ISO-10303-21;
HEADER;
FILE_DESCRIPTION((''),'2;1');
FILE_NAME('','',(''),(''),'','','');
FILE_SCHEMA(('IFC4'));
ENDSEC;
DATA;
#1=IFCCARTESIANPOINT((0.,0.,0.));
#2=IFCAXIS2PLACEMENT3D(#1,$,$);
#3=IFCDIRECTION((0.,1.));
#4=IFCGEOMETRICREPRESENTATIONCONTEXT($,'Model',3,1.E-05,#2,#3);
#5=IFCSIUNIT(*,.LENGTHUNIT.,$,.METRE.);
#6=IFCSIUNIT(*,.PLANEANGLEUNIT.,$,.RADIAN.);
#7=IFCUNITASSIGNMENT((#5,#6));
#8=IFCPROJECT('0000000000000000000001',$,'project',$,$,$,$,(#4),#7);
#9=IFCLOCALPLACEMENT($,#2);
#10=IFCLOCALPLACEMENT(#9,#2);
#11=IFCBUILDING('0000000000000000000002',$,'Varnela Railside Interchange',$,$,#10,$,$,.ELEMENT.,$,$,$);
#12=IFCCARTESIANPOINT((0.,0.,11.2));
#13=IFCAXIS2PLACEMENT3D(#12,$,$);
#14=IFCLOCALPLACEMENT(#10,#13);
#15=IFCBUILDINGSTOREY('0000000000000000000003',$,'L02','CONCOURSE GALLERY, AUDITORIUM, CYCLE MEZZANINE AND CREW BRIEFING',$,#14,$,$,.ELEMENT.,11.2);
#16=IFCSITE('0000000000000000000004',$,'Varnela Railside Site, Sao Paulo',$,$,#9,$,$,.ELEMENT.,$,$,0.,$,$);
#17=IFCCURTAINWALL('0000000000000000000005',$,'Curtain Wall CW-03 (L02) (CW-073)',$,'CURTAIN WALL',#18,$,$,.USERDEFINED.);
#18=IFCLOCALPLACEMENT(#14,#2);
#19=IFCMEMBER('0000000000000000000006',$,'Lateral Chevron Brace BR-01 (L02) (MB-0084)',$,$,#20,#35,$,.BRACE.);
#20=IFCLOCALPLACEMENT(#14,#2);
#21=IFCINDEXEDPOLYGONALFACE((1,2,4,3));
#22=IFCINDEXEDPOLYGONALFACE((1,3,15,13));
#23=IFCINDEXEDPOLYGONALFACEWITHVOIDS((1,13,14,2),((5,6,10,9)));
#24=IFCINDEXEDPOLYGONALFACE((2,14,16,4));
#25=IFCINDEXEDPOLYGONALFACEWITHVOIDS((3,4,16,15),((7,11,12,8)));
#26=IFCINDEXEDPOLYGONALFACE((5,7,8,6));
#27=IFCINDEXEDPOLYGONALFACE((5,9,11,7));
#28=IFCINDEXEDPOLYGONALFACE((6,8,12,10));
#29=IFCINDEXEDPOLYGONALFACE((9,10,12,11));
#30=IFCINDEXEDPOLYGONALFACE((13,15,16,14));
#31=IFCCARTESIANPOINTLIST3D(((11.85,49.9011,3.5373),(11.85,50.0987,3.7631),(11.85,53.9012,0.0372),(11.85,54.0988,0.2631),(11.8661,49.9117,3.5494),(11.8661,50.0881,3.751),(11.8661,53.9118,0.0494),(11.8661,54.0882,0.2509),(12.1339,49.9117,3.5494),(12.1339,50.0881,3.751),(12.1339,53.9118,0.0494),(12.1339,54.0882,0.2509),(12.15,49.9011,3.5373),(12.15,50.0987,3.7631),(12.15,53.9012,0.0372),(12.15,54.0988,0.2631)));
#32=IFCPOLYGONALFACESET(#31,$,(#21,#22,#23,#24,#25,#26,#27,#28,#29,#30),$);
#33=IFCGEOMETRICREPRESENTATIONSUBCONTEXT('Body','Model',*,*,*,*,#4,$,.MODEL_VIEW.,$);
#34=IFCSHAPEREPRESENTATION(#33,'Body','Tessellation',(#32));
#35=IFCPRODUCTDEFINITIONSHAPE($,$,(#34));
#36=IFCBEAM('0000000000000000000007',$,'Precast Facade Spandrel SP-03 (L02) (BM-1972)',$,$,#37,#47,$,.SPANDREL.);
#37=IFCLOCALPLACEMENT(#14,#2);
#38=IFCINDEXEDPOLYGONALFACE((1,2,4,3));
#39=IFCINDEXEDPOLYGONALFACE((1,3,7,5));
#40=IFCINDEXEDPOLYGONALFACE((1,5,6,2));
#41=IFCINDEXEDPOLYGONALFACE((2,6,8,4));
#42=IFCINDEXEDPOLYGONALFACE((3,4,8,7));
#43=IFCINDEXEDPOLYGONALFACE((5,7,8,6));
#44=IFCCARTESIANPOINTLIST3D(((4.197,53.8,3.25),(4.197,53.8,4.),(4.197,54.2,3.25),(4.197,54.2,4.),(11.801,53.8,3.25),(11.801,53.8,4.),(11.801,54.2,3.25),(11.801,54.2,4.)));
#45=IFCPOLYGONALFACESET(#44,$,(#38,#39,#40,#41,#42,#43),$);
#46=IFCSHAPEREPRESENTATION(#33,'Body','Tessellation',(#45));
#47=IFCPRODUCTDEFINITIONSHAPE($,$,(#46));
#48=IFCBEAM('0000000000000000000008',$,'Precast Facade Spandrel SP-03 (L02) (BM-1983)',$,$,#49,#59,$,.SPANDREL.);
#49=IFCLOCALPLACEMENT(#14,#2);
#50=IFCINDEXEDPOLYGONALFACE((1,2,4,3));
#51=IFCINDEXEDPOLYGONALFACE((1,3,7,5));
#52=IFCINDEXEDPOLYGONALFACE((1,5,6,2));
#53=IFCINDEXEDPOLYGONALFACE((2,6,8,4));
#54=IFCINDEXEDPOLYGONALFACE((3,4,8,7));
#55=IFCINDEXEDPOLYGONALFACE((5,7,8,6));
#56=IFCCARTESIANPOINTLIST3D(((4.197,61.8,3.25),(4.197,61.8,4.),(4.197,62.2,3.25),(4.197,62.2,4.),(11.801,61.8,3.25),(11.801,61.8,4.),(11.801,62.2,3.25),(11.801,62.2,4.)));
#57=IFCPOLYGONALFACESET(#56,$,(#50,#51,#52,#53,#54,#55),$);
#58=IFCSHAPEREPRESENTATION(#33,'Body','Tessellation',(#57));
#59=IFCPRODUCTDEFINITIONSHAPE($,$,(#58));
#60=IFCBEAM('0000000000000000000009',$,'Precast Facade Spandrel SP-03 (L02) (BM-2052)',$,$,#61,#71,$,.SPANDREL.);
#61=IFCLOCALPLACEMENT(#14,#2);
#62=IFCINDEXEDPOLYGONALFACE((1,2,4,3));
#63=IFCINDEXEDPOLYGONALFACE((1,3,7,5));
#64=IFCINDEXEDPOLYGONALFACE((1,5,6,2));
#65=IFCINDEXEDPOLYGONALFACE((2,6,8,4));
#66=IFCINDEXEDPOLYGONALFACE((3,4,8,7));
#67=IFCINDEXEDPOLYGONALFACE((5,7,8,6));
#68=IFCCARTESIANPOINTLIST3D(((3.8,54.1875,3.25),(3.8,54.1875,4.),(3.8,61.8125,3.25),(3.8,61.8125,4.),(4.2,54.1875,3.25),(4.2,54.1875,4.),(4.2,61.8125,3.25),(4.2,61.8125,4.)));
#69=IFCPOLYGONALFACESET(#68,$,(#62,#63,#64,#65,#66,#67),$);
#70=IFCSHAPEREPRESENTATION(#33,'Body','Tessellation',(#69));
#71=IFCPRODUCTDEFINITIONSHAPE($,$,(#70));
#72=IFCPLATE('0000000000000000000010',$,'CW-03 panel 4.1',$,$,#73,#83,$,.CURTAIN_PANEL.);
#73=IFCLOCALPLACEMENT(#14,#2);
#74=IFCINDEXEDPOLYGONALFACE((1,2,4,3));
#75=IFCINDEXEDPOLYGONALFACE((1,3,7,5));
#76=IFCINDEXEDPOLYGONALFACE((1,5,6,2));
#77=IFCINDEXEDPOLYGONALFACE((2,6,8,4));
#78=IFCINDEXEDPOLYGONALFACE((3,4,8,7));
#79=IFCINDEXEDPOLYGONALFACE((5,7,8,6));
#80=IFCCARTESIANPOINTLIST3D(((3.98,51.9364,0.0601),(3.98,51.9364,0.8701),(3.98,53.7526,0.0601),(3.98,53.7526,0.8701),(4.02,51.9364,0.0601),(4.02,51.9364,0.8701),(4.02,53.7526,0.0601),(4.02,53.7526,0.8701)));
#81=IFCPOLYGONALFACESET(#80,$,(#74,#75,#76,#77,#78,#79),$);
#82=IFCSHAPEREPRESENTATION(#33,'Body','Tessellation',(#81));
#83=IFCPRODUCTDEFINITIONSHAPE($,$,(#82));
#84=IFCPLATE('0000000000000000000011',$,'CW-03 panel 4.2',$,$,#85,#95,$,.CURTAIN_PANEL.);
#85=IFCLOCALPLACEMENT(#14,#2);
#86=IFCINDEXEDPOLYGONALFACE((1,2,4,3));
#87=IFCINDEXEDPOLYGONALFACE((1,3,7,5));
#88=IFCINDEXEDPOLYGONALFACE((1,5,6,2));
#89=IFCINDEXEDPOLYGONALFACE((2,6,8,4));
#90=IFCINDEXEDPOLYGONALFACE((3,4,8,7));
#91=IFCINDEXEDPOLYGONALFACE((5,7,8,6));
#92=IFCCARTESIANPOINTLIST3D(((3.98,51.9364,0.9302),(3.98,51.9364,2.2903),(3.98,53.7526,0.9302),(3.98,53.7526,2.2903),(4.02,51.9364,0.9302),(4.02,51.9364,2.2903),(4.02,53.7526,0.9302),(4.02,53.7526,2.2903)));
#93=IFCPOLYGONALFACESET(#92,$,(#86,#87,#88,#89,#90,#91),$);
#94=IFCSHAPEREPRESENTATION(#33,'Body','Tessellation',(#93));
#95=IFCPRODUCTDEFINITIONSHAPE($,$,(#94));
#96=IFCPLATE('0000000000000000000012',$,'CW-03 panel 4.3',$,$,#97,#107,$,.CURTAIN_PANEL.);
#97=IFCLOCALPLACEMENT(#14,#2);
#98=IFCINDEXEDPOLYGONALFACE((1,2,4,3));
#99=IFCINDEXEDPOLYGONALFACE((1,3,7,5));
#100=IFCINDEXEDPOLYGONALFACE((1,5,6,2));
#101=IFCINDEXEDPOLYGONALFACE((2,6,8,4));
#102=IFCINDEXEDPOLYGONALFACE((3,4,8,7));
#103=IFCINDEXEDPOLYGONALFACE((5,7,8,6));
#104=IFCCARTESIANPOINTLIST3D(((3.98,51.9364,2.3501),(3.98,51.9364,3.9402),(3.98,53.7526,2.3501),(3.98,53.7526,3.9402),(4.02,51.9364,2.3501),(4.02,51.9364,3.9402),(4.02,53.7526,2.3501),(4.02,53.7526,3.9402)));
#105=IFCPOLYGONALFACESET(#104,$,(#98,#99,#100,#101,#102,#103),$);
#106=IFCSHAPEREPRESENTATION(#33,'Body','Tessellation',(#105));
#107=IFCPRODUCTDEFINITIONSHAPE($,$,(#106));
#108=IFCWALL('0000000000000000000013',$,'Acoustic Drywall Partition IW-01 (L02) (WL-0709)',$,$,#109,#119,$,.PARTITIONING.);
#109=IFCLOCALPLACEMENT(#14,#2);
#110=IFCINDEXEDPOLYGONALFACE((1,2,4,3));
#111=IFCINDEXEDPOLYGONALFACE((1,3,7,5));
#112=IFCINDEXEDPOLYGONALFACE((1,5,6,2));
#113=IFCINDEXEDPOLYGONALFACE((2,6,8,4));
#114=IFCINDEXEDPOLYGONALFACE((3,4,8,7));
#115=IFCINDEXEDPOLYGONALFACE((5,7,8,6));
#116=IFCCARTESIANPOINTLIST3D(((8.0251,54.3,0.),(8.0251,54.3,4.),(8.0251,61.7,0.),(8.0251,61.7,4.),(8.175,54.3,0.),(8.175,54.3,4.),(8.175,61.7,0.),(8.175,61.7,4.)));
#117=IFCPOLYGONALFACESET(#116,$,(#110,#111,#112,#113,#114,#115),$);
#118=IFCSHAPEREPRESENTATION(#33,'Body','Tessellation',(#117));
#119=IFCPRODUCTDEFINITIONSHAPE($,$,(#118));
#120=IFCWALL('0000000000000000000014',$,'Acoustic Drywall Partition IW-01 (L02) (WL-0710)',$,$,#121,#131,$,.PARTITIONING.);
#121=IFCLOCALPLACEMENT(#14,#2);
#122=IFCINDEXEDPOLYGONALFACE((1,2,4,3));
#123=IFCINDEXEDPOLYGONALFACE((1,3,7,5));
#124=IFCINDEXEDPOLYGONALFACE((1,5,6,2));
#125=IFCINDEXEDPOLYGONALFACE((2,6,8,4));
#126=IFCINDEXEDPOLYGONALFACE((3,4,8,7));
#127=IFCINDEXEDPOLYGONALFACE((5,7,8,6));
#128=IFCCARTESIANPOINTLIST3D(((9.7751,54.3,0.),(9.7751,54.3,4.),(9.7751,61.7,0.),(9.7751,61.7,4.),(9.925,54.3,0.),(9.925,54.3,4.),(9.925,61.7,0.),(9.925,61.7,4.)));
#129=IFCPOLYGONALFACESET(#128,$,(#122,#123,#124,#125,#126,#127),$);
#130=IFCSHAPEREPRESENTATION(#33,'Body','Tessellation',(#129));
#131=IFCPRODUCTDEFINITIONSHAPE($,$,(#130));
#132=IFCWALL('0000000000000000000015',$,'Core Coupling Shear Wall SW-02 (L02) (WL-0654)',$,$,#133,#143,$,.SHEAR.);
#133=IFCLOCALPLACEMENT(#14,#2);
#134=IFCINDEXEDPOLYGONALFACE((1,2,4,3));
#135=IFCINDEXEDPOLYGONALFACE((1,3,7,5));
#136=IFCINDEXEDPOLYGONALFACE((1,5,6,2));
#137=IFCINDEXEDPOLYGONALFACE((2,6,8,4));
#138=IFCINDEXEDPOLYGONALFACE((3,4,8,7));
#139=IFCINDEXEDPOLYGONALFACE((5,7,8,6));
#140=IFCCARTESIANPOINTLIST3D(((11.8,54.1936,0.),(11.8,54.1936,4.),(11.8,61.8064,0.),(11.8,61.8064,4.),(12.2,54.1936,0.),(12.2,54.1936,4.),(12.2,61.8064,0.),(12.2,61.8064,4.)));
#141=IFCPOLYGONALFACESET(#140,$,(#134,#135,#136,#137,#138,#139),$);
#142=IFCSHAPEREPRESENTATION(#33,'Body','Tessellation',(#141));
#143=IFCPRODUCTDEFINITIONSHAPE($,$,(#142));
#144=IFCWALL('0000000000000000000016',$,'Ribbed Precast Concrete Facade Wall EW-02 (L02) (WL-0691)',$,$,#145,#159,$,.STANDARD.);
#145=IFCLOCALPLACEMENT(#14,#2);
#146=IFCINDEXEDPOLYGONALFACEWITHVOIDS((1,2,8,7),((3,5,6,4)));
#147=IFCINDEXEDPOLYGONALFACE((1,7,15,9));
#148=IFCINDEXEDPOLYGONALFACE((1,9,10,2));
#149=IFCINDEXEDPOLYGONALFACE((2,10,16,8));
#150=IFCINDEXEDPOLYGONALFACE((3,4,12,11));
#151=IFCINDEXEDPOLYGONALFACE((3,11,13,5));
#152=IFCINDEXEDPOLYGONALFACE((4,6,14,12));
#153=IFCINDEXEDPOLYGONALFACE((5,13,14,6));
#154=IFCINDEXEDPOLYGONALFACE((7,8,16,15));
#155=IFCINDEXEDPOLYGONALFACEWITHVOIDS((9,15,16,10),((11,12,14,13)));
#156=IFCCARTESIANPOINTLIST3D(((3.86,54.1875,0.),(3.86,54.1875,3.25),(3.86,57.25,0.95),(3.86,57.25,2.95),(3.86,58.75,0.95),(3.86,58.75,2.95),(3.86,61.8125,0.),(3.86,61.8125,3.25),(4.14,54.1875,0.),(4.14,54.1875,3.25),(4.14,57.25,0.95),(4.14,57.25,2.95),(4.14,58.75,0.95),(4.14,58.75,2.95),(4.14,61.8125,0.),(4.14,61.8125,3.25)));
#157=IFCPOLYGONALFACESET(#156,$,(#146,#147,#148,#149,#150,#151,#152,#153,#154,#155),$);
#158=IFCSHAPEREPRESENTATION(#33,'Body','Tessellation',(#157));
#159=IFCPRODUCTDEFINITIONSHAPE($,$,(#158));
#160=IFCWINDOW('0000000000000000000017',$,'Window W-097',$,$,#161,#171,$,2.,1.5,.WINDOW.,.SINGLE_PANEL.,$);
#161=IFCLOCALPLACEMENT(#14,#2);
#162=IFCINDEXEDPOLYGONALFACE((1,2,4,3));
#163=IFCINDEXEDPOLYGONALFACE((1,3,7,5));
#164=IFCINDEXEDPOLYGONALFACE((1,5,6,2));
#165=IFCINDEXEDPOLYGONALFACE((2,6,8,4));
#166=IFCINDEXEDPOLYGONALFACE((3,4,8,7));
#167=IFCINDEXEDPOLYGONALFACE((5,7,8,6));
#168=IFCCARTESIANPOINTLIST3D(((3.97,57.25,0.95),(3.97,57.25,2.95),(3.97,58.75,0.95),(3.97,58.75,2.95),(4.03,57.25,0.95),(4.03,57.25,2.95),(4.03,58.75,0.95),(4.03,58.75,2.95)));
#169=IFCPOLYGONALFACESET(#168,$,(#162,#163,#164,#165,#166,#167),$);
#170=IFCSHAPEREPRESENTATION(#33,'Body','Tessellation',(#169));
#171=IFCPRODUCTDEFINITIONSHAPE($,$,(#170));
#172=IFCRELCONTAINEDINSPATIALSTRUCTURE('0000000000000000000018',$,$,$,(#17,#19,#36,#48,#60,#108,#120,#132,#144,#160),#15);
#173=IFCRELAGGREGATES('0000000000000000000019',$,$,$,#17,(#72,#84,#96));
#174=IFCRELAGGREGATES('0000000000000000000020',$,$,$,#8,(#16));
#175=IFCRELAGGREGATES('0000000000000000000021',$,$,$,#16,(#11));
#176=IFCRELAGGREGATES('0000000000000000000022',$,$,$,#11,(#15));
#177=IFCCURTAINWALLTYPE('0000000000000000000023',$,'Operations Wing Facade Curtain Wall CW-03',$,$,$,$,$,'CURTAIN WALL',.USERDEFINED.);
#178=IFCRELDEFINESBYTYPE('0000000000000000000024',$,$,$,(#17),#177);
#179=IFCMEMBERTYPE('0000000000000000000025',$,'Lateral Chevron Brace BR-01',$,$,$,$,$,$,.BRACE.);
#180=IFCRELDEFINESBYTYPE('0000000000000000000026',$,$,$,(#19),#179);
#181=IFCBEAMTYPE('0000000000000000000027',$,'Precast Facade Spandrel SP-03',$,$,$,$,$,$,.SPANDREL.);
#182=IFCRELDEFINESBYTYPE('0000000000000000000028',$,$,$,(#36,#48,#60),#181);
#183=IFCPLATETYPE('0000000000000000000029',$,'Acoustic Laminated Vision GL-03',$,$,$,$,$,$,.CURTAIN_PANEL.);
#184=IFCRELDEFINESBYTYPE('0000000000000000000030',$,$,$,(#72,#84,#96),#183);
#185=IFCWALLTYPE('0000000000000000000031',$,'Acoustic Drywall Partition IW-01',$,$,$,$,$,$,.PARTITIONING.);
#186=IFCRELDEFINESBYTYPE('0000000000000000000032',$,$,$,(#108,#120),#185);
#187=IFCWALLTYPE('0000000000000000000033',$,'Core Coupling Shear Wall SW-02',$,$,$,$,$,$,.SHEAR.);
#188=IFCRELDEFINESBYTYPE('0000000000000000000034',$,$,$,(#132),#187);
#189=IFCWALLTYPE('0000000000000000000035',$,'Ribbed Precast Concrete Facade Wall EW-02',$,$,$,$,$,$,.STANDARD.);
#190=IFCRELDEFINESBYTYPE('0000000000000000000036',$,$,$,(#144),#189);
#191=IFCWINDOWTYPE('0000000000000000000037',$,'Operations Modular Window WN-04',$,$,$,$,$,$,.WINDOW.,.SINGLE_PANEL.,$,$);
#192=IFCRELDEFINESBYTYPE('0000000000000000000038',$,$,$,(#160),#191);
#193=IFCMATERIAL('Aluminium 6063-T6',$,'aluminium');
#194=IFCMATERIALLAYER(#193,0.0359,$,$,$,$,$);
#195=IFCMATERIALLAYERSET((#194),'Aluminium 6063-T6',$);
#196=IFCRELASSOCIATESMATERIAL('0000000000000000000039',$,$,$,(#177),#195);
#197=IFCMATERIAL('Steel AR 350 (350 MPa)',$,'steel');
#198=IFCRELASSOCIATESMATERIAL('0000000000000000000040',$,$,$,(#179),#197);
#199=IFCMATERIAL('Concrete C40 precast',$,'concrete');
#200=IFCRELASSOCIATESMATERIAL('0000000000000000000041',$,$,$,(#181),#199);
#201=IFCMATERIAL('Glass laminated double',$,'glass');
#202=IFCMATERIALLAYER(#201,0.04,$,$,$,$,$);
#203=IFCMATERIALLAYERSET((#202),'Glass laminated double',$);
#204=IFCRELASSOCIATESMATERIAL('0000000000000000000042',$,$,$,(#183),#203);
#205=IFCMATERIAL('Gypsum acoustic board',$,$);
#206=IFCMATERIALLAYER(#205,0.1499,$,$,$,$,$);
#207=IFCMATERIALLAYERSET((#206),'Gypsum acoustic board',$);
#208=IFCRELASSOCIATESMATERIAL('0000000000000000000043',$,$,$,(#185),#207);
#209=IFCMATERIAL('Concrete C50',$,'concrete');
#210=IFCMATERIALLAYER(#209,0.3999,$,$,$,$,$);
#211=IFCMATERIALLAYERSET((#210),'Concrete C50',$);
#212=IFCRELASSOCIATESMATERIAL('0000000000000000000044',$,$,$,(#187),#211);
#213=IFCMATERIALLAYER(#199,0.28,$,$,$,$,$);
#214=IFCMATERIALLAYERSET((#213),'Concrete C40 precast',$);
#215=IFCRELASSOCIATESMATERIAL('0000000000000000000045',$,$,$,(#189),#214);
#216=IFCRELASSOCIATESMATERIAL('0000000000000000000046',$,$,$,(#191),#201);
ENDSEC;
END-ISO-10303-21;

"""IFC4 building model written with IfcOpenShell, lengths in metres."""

from ifc_helpers import new_model, si_unit, direction, frame, frame_2d, origin, origin_2d, place, context, subcontext, project, spatial, rectangle, hollow_rectangle, extrude, material, layer, layer_set, material_profile, profile_set, type_object, element, fill, aggregate, save


model = new_model("IFC4")

# Units and contexts
model_context = context("Model", 3, precision=1e-05, world=origin(), true_north=direction((0.0, 1.0)))
body_context = subcontext(model_context, "Body", "Model", "MODEL_VIEW")
ifc_project = project(units=[si_unit("LENGTHUNIT", "METRE"), si_unit("PLANEANGLEUNIT", "RADIAN")], contexts=[model_context])

# Site, building, storey
site_placement = place(None, origin())
site = spatial("IfcSite", under=ifc_project, at=site_placement, Name="Varnela Railside Site, Sao Paulo", CompositionType="ELEMENT", RefElevation=0.0)
building_placement = place(site_placement, origin())
building = spatial("IfcBuilding", under=site, at=building_placement, Name="Varnela Railside Interchange", CompositionType="ELEMENT")
storey_placement = place(building_placement, frame((0.0, 0.0, 11.2)))
storey = spatial("IfcBuildingStorey", under=building, at=storey_placement, Name="L02", Description="CONCOURSE GALLERY, AUDITORIUM, CYCLE MEZZANINE AND CREW BRIEFING", CompositionType="ELEMENT", Elevation=11.2)

# Shared definitions
ifc_material_1 = material(Name="Steel AR 350 (350 MPa)", Category="steel")

# Curtain wall
ifc_material_2 = material(Name="Aluminium 6063-T6", Category="aluminium")
ifc_layer_1 = layer(ifc_material_2, 0.0359)
ifc_layer_set_1 = layer_set([ifc_layer_1], Name="Aluminium 6063-T6")
curtain_wall_type = type_object("IfcCurtainWallType", Name="Operations Wing Facade Curtain Wall CW-03", ElementType="CURTAIN WALL", PredefinedType="USERDEFINED", material=ifc_layer_set_1)
curtain_wall_placement = place(storey_placement, origin())
curtain_wall = element("IfcCurtainWall", 1, at=curtain_wall_placement, inside=storey, type_object=curtain_wall_type, Name="Curtain Wall CW-03 (L02) (CW-073)", ObjectType="CURTAIN WALL", PredefinedType="USERDEFINED")

# Member
ifc_material_profile_1 = material_profile(ifc_material_1, hollow_rectangle(XDim=0.3, YDim=0.3, WallThickness=0.0161, at=origin_2d()), Name="HSS 300x300x16")
ifc_profile_set_1 = profile_set([ifc_material_profile_1], Name="Steel AR 350 (350 MPa)")
member_type_1 = type_object("IfcMemberType", Name="Lateral Chevron Brace BR-01", PredefinedType="BRACE", material=ifc_profile_set_1)
member_1_placement = place(storey_placement, frame((12.0, 54.0, 0.1501), z_axis=(0.0, -0.752577, 0.658505), x_axis=(1.0, 0.0, 0.0)))
element("IfcMember", 2, at=member_1_placement, inside=storey, type_object=member_type_1, Name="Lateral Chevron Brace BR-01 (L02) (MB-0084)", PredefinedType="BRACE", context=body_context, shape_type="SweptSolid", body=[
    extrude(hollow_rectangle(XDim=0.3, YDim=0.3, WallThickness=0.0161, at=origin_2d()), origin(), (0.0, 0.0, 1.0), 5.3152),
])

# Beams
ifc_material_3 = material(Name="Concrete C40 precast", Category="concrete")
ifc_material_profile_2 = material_profile(ifc_material_3, rectangle(XDim=0.3999, YDim=0.75, at=origin_2d()), Name="PC 400x750")
ifc_profile_set_2 = profile_set([ifc_material_profile_2], Name="Concrete C40 precast")
beam_type_1 = type_object("IfcBeamType", Name="Precast Facade Spandrel SP-03", PredefinedType="SPANDREL", material=ifc_profile_set_2)
for number, where, z_axis, x_axis, name in (
    (3, (4.197, 54.0, 3.625), (1.0, 0.0, 0.0), (0.0, 1.0, 0.0), "Precast Facade Spandrel SP-03 (L02) (BM-1972)"),
    (4, (4.197, 62.0, 3.625), (1.0, 0.0, 0.0), (0.0, 1.0, 0.0), "Precast Facade Spandrel SP-03 (L02) (BM-1983)"),
):
    element("IfcBeam", number, at=place(storey_placement, frame(where, z_axis=z_axis, x_axis=x_axis)), inside=storey, type_object=beam_type_1, Name=name, PredefinedType="SPANDREL", context=body_context, shape_type="SweptSolid", body=[
        extrude(rectangle(XDim=0.3999, YDim=0.75, at=origin_2d()), origin(), (0.0, 0.0, 1.0), 7.604),
    ])
beam_placement = place(storey_placement, frame((4.0, 54.1875, 3.625), z_axis=(0.0, 1.0, 0.0), x_axis=(-1.0, 0.0, 0.0)))
element("IfcBeam", 5, at=beam_placement, inside=storey, type_object=beam_type_1, Name="Precast Facade Spandrel SP-03 (L02) (BM-2052)", PredefinedType="SPANDREL", context=body_context, shape_type="SweptSolid", body=[
    extrude(rectangle(XDim=0.3999, YDim=0.75, at=origin_2d()), origin(), (0.0, 0.0, 1.0), 7.625),
])

# Plates
ifc_material_4 = material(Name="Glass laminated double", Category="glass")
ifc_layer_2 = layer(ifc_material_4, 0.04)
ifc_layer_set_2 = layer_set([ifc_layer_2], Name="Glass laminated double")
plate_type = type_object("IfcPlateType", Name="Acoustic Laminated Vision GL-03", PredefinedType="CURTAIN_PANEL", material=ifc_layer_set_2)
plate_1_placement = place(storey_placement, frame((4.0, 52.8445, 0.0601), z_axis=(0.0, 0.0, 1.0), x_axis=(0.0, 1.0, 0.0)))
plate_1 = element("IfcPlate", 6, at=plate_1_placement, type_object=plate_type, Name="CW-03 panel 4.1", PredefinedType="CURTAIN_PANEL", context=body_context, shape_type="SweptSolid", body=[
    extrude(rectangle(XDim=1.8162, YDim=0.04, at=origin_2d()), origin(), (0.0, 0.0, 1.0), 0.8101),
])
plate_2_placement = place(storey_placement, frame((4.0, 52.8445, 0.9302), z_axis=(0.0, 0.0, 1.0), x_axis=(0.0, 1.0, 0.0)))
plate_2 = element("IfcPlate", 7, at=plate_2_placement, type_object=plate_type, Name="CW-03 panel 4.2", PredefinedType="CURTAIN_PANEL", context=body_context, shape_type="SweptSolid", body=[
    extrude(rectangle(XDim=1.8162, YDim=0.04, at=origin_2d()), origin(), (0.0, 0.0, 1.0), 1.3601),
])
plate_3_placement = place(storey_placement, frame((4.0, 52.8445, 2.3501), z_axis=(0.0, 0.0, 1.0), x_axis=(0.0, 1.0, 0.0)))
plate_3 = element("IfcPlate", 8, at=plate_3_placement, type_object=plate_type, Name="CW-03 panel 4.3", PredefinedType="CURTAIN_PANEL", context=body_context, shape_type="SweptSolid", body=[
    extrude(rectangle(XDim=1.8162, YDim=0.04, at=origin_2d()), origin(), (0.0, 0.0, 1.0), 1.5901),
])
aggregate(curtain_wall, [plate_1, plate_2, plate_3])

# Walls
ifc_material_5 = material(Name="Gypsum acoustic board")
ifc_layer_3 = layer(ifc_material_5, 0.1499)
ifc_layer_set_3 = layer_set([ifc_layer_3], Name="Gypsum acoustic board")
wall_type_1 = type_object("IfcWallType", Name="Acoustic Drywall Partition IW-01", PredefinedType="PARTITIONING", material=ifc_layer_set_3)
for number, where, z_axis, x_axis, name in (
    (9, (8.1001, 54.3, 0.0), (0.0, 0.0, 1.0), (0.0, 1.0, 0.0), "Acoustic Drywall Partition IW-01 (L02) (WL-0709)"),
    (10, (9.8501, 54.3, 0.0), (0.0, 0.0, 1.0), (0.0, 1.0, 0.0), "Acoustic Drywall Partition IW-01 (L02) (WL-0710)"),
):
    element("IfcWall", number, at=place(storey_placement, frame(where, z_axis=z_axis, x_axis=x_axis)), inside=storey, type_object=wall_type_1, Name=name, PredefinedType="PARTITIONING", context=body_context, shape_type="SweptSolid", body=[
        extrude(rectangle(XDim=7.3999, YDim=0.1499, at=frame_2d((3.7, 0.0))), origin(), (0.0, 0.0, 1.0), 4.0),
    ])
ifc_material_6 = material(Name="Concrete C50", Category="concrete")
ifc_layer_4 = layer(ifc_material_6, 0.3999)
ifc_layer_set_4 = layer_set([ifc_layer_4], Name="Concrete C50")
wall_type_2 = type_object("IfcWallType", Name="Core Coupling Shear Wall SW-02", PredefinedType="SHEAR", material=ifc_layer_set_4)
wall_1_placement = place(storey_placement, frame((12.0, 54.1936, 0.0), z_axis=(0.0, 0.0, 1.0), x_axis=(0.0, 1.0, 0.0)))
element("IfcWall", 11, at=wall_1_placement, inside=storey, type_object=wall_type_2, Name="Core Coupling Shear Wall SW-02 (L02) (WL-0654)", PredefinedType="SHEAR", context=body_context, shape_type="SweptSolid", body=[
    extrude(rectangle(XDim=7.6128, YDim=0.3999, at=frame_2d((3.8064, 0.0))), origin(), (0.0, 0.0, 1.0), 4.0),
])

# Wall, opening, window
ifc_layer_5 = layer(ifc_material_3, 0.28)
ifc_layer_set_5 = layer_set([ifc_layer_5], Name="Concrete C40 precast")
wall_type_3 = type_object("IfcWallType", Name="Ribbed Precast Concrete Facade Wall EW-02", PredefinedType="STANDARD", material=ifc_layer_set_5)
wall_2_placement = place(storey_placement, frame((4.0, 54.1875, 0.0), z_axis=(0.0, 0.0, 1.0), x_axis=(0.0, 1.0, 0.0)))
wall_2 = element("IfcWall", 12, at=wall_2_placement, inside=storey, type_object=wall_type_3, Name="Ribbed Precast Concrete Facade Wall EW-02 (L02) (WL-0691)", PredefinedType="STANDARD", context=body_context, shape_type="SweptSolid", body=[
    extrude(rectangle(XDim=7.625, YDim=0.28, at=frame_2d((3.8125, 0.0))), origin(), (0.0, 0.0, 1.0), 3.25),
])
opening_1_placement = place(wall_2_placement, frame((3.0625, 0.0, 0.95)))
opening_1 = element("IfcOpeningElement", 13, at=opening_1_placement, cuts=wall_2, PredefinedType="OPENING", context=body_context, shape_type="SweptSolid", body=[
    extrude(rectangle(XDim=1.5, YDim=2.0, at=frame_2d((0.75, 1.0))), frame((0.0, 0.1499, 0.0), z_axis=(0.0, -1.0, 0.0), x_axis=(1.0, 0.0, 0.0)), (0.0, 0.0, 1.0), 0.3),
])
window_type = type_object("IfcWindowType", Name="Operations Modular Window WN-04", PartitioningType="SINGLE_PANEL", PredefinedType="WINDOW", material=ifc_material_4)
window_placement = place(opening_1_placement, origin())
window = element("IfcWindow", 14, at=window_placement, inside=storey, type_object=window_type, Name="Window W-097", OverallHeight=2.0, OverallWidth=1.5, PartitioningType="SINGLE_PANEL", PredefinedType="WINDOW", context=body_context, shape_type="SweptSolid", body=[
    extrude(rectangle(XDim=1.5, YDim=2.0, at=frame_2d((0.75, 1.0))), frame((0.0, 0.03, 0.0), z_axis=(0.0, -1.0, 0.0), x_axis=(1.0, 0.0, 0.0)), (0.0, 0.0, 1.0), 0.0601),
])
fill(opening_1, window)

save(model, "model.ifc")
